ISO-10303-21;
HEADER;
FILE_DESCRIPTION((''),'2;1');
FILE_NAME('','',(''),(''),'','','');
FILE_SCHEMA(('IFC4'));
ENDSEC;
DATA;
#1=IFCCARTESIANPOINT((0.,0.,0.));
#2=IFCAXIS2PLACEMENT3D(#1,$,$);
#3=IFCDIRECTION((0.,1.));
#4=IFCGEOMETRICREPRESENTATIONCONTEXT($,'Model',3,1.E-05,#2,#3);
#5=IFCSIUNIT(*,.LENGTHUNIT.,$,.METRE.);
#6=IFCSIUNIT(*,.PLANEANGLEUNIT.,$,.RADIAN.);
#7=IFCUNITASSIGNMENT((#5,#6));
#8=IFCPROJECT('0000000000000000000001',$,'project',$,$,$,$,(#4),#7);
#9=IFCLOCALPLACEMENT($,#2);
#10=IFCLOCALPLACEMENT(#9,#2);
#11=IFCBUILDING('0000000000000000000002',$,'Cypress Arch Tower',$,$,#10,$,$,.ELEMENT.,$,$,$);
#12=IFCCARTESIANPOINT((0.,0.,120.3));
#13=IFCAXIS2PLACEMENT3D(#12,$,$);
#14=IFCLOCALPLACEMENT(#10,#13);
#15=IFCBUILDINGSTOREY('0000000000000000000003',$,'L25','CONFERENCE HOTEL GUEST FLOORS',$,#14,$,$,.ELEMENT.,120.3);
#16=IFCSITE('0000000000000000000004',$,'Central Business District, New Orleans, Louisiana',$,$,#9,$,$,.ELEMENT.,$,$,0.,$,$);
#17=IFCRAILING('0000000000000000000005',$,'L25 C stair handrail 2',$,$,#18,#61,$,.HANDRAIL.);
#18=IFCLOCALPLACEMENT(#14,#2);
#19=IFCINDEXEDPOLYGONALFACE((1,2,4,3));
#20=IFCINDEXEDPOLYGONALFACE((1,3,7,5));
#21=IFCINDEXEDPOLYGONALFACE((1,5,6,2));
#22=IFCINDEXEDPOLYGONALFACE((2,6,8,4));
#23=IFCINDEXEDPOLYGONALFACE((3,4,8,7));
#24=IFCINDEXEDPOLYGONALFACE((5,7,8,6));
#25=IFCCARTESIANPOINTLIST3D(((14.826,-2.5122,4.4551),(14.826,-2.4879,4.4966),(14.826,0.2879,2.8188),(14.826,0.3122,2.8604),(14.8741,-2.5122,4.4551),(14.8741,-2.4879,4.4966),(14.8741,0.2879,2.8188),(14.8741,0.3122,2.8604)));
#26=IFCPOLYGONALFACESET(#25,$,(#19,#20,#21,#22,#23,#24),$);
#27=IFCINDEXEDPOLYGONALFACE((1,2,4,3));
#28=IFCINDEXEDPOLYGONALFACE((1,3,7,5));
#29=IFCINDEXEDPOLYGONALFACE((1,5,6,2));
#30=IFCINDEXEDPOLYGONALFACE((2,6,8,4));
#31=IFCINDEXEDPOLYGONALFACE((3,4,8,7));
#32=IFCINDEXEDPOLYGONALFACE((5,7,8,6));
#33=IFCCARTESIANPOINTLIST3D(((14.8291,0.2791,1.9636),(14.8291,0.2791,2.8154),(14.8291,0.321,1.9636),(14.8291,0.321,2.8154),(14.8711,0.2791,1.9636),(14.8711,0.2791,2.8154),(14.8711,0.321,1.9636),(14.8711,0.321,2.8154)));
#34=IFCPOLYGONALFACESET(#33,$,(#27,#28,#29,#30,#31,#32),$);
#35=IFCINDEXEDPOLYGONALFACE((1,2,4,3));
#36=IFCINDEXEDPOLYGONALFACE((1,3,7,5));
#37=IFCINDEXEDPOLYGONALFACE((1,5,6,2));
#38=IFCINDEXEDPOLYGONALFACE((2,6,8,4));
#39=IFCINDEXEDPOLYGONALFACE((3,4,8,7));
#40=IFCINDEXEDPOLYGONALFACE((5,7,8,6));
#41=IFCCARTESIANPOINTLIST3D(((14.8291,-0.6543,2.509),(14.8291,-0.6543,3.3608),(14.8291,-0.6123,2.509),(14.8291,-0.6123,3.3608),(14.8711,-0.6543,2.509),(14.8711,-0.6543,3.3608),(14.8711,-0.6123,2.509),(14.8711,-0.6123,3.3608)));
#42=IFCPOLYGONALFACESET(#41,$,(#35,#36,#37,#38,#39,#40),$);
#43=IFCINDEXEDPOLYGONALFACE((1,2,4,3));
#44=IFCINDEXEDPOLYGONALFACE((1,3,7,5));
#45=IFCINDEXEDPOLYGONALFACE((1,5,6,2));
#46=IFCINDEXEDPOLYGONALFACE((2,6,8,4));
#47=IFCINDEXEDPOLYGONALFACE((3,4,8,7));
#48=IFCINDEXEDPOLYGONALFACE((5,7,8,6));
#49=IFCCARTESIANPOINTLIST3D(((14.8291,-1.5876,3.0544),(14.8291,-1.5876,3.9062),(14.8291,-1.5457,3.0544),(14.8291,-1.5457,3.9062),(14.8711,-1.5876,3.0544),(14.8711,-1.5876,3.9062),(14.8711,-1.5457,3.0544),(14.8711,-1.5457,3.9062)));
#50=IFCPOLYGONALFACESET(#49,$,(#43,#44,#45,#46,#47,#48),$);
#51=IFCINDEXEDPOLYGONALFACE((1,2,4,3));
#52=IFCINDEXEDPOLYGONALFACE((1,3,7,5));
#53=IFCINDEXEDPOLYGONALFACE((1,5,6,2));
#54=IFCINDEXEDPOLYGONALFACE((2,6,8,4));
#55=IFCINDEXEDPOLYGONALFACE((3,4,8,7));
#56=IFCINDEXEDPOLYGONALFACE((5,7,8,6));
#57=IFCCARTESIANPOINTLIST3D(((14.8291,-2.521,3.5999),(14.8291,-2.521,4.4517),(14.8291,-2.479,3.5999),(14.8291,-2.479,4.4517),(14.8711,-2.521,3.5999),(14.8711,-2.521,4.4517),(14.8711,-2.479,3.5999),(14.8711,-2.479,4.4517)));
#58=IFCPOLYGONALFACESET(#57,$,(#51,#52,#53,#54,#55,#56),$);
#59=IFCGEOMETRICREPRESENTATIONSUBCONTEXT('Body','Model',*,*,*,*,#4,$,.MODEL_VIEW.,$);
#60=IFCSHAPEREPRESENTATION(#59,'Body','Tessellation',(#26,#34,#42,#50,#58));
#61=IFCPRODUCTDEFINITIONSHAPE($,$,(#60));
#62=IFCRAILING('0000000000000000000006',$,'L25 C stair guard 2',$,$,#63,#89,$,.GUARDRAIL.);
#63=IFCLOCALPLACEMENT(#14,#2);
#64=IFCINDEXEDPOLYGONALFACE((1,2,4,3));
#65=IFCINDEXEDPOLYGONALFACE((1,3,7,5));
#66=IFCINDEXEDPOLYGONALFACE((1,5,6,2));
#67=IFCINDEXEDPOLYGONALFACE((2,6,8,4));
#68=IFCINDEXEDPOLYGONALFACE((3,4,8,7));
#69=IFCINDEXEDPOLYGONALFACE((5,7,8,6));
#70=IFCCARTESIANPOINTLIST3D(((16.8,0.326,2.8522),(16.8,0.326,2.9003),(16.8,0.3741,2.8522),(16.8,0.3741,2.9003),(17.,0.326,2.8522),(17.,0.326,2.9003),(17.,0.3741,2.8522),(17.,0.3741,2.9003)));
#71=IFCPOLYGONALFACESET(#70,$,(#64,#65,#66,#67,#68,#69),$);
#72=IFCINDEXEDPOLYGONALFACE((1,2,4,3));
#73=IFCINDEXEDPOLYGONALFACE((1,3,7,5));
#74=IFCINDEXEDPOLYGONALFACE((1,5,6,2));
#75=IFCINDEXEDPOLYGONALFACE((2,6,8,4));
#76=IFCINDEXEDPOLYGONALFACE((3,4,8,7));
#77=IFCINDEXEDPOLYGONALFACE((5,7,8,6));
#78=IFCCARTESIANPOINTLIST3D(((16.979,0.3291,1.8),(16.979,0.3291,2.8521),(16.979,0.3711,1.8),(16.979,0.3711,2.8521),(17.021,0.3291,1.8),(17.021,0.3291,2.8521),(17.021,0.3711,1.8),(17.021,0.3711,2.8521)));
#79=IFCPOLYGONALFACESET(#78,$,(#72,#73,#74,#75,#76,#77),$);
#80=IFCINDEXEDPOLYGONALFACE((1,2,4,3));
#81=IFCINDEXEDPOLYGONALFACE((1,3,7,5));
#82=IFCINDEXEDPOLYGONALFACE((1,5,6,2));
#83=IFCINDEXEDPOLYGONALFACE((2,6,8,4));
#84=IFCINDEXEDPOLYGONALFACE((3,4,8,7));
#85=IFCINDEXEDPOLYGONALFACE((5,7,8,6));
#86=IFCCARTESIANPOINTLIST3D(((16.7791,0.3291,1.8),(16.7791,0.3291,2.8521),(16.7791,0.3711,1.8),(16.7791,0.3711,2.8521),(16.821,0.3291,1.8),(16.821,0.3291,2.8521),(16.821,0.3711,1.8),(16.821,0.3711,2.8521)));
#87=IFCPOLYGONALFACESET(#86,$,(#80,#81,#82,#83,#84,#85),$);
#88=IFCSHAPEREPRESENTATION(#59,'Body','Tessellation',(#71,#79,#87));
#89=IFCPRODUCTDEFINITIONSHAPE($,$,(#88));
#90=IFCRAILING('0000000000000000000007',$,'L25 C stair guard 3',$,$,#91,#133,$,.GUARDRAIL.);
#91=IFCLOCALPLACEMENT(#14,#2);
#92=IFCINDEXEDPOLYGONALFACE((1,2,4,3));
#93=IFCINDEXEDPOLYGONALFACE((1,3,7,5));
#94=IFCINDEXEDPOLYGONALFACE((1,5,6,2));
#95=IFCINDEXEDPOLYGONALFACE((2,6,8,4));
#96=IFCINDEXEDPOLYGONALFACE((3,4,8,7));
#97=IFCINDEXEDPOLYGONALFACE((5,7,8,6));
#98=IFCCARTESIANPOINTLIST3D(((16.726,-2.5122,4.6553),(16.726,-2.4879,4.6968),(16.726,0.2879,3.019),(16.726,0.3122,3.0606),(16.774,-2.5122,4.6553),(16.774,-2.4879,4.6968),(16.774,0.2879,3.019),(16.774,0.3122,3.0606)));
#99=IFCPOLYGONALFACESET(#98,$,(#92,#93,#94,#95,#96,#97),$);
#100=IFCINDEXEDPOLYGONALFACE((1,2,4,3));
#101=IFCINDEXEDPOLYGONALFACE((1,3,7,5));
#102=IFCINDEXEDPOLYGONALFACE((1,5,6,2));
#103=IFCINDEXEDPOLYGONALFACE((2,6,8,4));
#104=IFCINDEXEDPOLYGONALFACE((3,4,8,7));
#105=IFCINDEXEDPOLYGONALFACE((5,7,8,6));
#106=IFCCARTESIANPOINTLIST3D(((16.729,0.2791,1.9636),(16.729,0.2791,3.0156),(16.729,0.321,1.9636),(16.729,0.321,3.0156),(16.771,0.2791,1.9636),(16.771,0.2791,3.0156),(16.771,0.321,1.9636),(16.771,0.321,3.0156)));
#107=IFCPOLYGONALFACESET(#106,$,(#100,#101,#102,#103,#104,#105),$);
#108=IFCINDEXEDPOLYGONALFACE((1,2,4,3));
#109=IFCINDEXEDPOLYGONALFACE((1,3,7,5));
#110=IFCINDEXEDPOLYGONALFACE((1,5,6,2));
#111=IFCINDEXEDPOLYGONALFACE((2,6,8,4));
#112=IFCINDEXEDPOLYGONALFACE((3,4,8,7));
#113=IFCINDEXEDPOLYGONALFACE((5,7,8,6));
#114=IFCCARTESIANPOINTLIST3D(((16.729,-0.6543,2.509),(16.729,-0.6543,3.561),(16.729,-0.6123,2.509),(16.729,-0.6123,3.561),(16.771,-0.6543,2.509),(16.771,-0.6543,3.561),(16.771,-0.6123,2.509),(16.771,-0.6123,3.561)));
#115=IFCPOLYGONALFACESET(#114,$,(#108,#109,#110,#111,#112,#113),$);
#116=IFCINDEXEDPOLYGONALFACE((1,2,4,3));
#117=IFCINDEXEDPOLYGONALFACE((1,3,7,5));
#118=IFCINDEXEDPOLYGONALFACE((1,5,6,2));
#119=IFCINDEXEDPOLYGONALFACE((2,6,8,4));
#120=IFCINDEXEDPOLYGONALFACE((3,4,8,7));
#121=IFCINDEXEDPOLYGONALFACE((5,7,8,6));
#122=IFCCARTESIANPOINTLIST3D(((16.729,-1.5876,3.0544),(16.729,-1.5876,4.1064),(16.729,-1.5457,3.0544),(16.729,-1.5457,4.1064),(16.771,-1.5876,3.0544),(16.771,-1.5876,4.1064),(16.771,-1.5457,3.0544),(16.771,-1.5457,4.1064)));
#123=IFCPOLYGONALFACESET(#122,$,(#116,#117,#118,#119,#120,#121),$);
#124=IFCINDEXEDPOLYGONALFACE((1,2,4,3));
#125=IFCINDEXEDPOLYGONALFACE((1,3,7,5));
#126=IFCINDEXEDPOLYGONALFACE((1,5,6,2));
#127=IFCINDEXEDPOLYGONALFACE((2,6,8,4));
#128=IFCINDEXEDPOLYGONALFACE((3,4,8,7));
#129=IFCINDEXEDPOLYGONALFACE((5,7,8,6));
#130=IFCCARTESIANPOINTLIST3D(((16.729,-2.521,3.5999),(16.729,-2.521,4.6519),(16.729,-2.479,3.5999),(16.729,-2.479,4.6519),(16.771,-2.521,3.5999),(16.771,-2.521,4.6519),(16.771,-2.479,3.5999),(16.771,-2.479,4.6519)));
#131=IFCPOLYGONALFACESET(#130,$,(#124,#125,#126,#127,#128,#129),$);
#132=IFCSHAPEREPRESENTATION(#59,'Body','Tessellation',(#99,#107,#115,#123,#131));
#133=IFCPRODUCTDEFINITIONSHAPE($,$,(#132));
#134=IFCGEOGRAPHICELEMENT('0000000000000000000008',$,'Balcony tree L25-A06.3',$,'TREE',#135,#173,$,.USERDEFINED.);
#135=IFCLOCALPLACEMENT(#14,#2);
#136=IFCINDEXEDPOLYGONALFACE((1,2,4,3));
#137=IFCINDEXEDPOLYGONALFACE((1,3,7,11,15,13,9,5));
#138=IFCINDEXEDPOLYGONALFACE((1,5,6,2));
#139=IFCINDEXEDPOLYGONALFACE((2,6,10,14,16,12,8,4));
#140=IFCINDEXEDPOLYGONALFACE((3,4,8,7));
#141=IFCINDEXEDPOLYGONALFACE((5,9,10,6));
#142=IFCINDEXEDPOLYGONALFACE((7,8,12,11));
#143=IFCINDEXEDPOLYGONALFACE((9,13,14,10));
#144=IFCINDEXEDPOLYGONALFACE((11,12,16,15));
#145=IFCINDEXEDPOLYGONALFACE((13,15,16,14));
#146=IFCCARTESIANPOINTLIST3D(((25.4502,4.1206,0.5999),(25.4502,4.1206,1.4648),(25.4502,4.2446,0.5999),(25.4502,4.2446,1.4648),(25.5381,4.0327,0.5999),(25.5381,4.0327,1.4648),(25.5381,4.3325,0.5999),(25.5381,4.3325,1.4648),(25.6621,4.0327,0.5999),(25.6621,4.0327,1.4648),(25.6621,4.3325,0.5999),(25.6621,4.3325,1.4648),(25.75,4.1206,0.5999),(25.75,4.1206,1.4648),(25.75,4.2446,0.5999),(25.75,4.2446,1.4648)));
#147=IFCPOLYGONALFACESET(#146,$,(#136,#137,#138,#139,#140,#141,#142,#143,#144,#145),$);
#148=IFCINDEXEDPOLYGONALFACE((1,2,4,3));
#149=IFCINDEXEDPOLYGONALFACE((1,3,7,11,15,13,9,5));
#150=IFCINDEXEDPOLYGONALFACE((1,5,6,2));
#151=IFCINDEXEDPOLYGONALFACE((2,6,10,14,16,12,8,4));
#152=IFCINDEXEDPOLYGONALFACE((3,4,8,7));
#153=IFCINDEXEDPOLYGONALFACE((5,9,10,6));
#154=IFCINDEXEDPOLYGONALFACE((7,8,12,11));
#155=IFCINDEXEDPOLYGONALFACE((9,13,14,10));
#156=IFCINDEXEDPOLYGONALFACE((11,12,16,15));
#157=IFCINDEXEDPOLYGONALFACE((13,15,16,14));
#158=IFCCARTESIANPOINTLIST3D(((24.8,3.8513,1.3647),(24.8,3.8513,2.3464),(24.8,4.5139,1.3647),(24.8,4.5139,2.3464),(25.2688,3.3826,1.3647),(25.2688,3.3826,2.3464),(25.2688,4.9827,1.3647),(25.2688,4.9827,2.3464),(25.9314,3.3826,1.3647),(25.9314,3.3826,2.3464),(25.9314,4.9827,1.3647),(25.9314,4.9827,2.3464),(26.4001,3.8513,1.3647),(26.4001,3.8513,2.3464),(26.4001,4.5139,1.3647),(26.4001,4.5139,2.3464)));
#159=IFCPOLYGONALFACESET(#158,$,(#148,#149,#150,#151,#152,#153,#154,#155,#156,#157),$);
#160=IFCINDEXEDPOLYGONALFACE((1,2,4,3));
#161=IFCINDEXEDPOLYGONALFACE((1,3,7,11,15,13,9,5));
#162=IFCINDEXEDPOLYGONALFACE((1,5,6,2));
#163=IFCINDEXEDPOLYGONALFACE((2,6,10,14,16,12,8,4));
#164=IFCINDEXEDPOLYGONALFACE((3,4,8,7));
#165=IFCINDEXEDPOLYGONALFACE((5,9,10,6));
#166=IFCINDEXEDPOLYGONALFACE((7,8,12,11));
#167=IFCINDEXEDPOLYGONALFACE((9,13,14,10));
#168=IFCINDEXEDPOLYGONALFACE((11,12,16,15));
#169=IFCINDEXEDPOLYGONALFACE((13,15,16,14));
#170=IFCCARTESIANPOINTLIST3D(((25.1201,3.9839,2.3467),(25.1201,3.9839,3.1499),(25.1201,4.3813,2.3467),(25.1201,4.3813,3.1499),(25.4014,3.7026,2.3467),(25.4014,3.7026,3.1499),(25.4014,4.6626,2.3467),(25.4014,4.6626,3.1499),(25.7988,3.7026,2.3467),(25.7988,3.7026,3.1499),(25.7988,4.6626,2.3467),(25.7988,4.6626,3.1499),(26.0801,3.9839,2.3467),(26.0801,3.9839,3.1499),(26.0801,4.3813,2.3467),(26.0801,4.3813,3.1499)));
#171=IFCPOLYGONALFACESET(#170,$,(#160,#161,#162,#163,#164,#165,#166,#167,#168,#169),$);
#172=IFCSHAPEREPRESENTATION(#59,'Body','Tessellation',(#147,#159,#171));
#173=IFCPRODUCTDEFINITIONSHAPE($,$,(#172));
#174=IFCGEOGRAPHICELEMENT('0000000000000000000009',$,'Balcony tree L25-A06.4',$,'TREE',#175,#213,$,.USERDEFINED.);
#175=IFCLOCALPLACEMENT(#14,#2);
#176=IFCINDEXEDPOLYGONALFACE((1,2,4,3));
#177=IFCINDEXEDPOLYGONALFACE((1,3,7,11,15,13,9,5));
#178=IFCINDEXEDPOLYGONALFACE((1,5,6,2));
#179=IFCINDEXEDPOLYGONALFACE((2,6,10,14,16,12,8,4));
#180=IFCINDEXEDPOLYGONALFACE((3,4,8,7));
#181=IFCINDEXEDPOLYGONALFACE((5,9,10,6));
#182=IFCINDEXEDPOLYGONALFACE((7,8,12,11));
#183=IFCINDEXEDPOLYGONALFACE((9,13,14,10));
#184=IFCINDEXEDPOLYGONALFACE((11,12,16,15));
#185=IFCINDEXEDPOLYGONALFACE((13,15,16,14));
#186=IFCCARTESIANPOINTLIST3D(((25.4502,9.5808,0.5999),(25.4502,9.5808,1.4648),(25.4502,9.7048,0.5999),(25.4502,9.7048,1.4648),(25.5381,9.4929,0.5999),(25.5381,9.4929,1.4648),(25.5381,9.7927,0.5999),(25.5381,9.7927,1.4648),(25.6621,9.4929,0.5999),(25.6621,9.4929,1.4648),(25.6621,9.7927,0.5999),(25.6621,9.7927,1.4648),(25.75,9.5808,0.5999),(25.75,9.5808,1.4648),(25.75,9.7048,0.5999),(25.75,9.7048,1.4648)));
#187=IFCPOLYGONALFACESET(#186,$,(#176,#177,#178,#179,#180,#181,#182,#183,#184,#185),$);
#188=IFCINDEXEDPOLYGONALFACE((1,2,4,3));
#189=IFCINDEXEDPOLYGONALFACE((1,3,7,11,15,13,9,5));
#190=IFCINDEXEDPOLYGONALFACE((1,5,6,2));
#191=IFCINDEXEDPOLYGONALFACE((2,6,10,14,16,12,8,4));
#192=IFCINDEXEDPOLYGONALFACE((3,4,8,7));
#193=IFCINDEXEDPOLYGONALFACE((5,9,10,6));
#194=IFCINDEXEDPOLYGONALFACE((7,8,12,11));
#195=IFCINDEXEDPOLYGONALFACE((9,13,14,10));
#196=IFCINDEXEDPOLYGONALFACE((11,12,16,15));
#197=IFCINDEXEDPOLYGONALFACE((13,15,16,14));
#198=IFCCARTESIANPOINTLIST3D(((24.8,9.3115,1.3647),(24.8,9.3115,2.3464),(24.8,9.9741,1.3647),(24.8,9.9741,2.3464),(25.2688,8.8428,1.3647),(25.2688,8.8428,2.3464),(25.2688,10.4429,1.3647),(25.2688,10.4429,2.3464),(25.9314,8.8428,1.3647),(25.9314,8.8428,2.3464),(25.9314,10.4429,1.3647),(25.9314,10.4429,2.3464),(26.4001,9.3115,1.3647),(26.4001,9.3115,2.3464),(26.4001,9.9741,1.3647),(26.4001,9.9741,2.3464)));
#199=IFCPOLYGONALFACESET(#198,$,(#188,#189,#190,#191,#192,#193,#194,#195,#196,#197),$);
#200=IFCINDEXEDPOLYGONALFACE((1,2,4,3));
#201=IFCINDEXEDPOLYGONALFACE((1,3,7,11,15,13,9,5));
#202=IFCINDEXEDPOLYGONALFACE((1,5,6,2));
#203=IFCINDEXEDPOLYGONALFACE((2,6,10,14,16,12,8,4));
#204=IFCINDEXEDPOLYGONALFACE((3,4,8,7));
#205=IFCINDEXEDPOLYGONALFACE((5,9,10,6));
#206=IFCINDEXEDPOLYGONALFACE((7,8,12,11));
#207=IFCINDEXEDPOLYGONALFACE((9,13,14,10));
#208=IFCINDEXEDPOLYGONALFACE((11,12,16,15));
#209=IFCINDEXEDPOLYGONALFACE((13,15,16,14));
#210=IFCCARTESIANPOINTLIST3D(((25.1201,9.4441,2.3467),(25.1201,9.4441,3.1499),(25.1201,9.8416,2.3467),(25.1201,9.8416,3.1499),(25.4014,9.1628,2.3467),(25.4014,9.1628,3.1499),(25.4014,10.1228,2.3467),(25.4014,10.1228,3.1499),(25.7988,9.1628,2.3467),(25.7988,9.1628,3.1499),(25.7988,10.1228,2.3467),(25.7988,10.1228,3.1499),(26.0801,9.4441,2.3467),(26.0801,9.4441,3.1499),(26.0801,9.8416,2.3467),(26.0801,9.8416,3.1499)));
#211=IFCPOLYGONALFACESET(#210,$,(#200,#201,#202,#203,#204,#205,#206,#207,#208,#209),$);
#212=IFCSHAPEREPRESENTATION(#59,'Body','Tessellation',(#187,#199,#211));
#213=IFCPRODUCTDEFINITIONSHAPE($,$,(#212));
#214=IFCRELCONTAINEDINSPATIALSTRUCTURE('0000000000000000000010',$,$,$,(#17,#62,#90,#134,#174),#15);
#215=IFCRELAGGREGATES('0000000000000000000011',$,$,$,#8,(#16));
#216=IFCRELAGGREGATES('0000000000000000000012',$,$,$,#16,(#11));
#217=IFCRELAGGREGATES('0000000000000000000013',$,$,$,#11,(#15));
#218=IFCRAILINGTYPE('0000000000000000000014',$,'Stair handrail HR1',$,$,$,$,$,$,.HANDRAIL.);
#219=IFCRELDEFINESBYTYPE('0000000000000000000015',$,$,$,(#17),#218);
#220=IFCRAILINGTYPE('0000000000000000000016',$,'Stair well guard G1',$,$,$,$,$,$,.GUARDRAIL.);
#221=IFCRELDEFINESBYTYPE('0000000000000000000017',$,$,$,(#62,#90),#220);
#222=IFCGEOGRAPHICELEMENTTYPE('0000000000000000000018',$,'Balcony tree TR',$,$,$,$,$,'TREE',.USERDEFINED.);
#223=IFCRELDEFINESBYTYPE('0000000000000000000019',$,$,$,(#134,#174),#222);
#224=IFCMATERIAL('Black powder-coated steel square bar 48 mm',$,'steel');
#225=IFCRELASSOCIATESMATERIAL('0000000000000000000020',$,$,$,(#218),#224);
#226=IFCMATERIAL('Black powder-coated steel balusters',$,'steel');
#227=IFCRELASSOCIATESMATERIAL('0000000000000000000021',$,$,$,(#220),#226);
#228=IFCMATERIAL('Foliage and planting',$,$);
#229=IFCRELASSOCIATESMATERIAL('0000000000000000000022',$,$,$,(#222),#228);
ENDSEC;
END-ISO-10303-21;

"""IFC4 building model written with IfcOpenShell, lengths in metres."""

from ifc_helpers import new_model, si_unit, direction, frame, origin, origin_2d, place, context, subcontext, project, spatial, polyline, rectangle, outline, extrude, material, type_object, element, save


model = new_model("IFC4")

# Units and contexts
model_context = context("Model", 3, precision=1e-05, world=origin(), true_north=direction((0.0, 1.0)))
body_context = subcontext(model_context, "Body", "Model", "MODEL_VIEW")
ifc_project = project(units=[si_unit("LENGTHUNIT", "METRE"), si_unit("PLANEANGLEUNIT", "RADIAN")], contexts=[model_context])

# Site, building, storey
site_placement = place(None, origin())
site = spatial("IfcSite", under=ifc_project, at=site_placement, Name="Central Business District, New Orleans, Louisiana", CompositionType="ELEMENT", RefElevation=0.0)
building_placement = place(site_placement, origin())
building = spatial("IfcBuilding", under=site, at=building_placement, Name="Cypress Arch Tower", CompositionType="ELEMENT")
storey_placement = place(building_placement, frame((0.0, 0.0, 120.3)))
storey = spatial("IfcBuildingStorey", under=building, at=storey_placement, Name="L25", Description="CONFERENCE HOTEL GUEST FLOORS", CompositionType="ELEMENT", Elevation=120.3)

# Railings
ifc_material_1 = material(Name="Black powder-coated steel square bar 48 mm", Category="steel")
railing_type_1 = type_object("IfcRailingType", Name="Stair handrail HR1", PredefinedType="HANDRAIL", material=ifc_material_1)
railing_1_placement = place(storey_placement, frame((14.8501, 0.3, 1.9636)))
element("IfcRailing", 1, at=railing_1_placement, inside=storey, type_object=railing_type_1, Name="L25 C stair handrail 2", PredefinedType="HANDRAIL", context=body_context, shape_type="SweptSolid", body=[
    extrude(rectangle(XDim=0.0481, YDim=0.0481, at=origin_2d()), frame((0.0, 0.0, 0.876), z_axis=(0.0, -0.863394, 0.504531), x_axis=(1.0, 0.0, 0.0)), (0.0, 0.0, 1.0), 3.2432),
    extrude(rectangle(XDim=0.042, YDim=0.042, at=origin_2d()), origin(), (0.0, 0.0, 1.0), 0.8518),
    extrude(rectangle(XDim=0.042, YDim=0.042, at=origin_2d()), frame((0.0, -0.9333, 0.5454)), (0.0, 0.0, 1.0), 0.8518),
    extrude(rectangle(XDim=0.042, YDim=0.042, at=origin_2d()), frame((0.0, -1.8667, 1.0908)), (0.0, 0.0, 1.0), 0.8518),
    extrude(rectangle(XDim=0.042, YDim=0.042, at=origin_2d()), frame((0.0, -2.8, 1.6362)), (0.0, 0.0, 1.0), 0.8518),
])
ifc_material_2 = material(Name="Black powder-coated steel balusters", Category="steel")
railing_type_2 = type_object("IfcRailingType", Name="Stair well guard G1", PredefinedType="GUARDRAIL", material=ifc_material_2)
railing_2_placement = place(storey_placement, frame((17.0, 0.3501, 1.8)))
element("IfcRailing", 2, at=railing_2_placement, inside=storey, type_object=railing_type_2, Name="L25 C stair guard 2", PredefinedType="GUARDRAIL", context=body_context, shape_type="SweptSolid", body=[
    extrude(rectangle(XDim=0.0481, YDim=0.0481, at=origin_2d()), frame((0.0, 0.0, 1.0762), z_axis=(-1.0, 0.0, 0.0), x_axis=(0.0, -1.0, 0.0)), (0.0, 0.0, 1.0), 0.2),
    extrude(rectangle(XDim=0.042, YDim=0.042, at=origin_2d()), origin(), (0.0, 0.0, 1.0), 1.052),
    extrude(rectangle(XDim=0.042, YDim=0.042, at=origin_2d()), frame((-0.2, 0.0, 0.0)), (0.0, 0.0, 1.0), 1.052),
])
railing_3_placement = place(storey_placement, frame((16.75, 0.3, 1.9636)))
element("IfcRailing", 3, at=railing_3_placement, inside=storey, type_object=railing_type_2, Name="L25 C stair guard 3", PredefinedType="GUARDRAIL", context=body_context, shape_type="SweptSolid", body=[
    extrude(rectangle(XDim=0.0481, YDim=0.0481, at=origin_2d()), frame((0.0, 0.0, 1.0762), z_axis=(0.0, -0.863394, 0.504531), x_axis=(1.0, 0.0, 0.0)), (0.0, 0.0, 1.0), 3.2432),
    extrude(rectangle(XDim=0.042, YDim=0.042, at=origin_2d()), origin(), (0.0, 0.0, 1.0), 1.052),
    extrude(rectangle(XDim=0.042, YDim=0.042, at=origin_2d()), frame((0.0, -0.9333, 0.5454)), (0.0, 0.0, 1.0), 1.052),
    extrude(rectangle(XDim=0.042, YDim=0.042, at=origin_2d()), frame((0.0, -1.8667, 1.0908)), (0.0, 0.0, 1.0), 1.052),
    extrude(rectangle(XDim=0.042, YDim=0.042, at=origin_2d()), frame((0.0, -2.8, 1.6362)), (0.0, 0.0, 1.0), 1.052),
])

# Geographic elements
ifc_material_3 = material(Name="Foliage and planting")
geographic_element_type = type_object("IfcGeographicElementType", Name="Balcony tree TR", ElementType="TREE", PredefinedType="USERDEFINED", material=ifc_material_3)
for number, where, z_axis, x_axis, name in (
    (4, (25.6001, 4.1826, 0.5999), (0.0, 0.0, 1.0), (1.0, 0.0, 0.0), "Balcony tree L25-A06.3"),
    (5, (25.6001, 9.6428, 0.5999), (0.0, 0.0, 1.0), (1.0, 0.0, 0.0), "Balcony tree L25-A06.4"),
):
    element("IfcGeographicElement", number, at=place(storey_placement, frame(where, z_axis=z_axis, x_axis=x_axis)), inside=storey, type_object=geographic_element_type, Name=name, ObjectType="TREE", PredefinedType="USERDEFINED", context=body_context, shape_type="SweptSolid", body=[
        extrude(outline(polyline([(0.1499, 0.062), (0.062, 0.1499), (-0.062, 0.1499), (-0.1499, 0.062), (-0.1499, -0.062), (-0.062, -0.1499), (0.062, -0.1499), (0.1499, -0.062), (0.1499, 0.062)])), origin(), (0.0, 0.0, 1.0), 0.865),
        extrude(outline(polyline([(0.8, 0.3313), (0.3313, 0.8), (-0.3313, 0.8), (-0.8, 0.3313), (-0.8, -0.3313), (-0.3313, -0.8), (0.3313, -0.8), (0.8, -0.3313), (0.8, 0.3313)])), frame((0.0, 0.0, 0.7649)), (0.0, 0.0, 1.0), 0.9817),
        extrude(outline(polyline([(0.48, 0.1987), (0.1987, 0.48), (-0.1987, 0.48), (-0.48, 0.1987), (-0.48, -0.1987), (-0.1987, -0.48), (0.1987, -0.48), (0.48, -0.1987), (0.48, 0.1987)])), frame((0.0, 0.0, 1.7468)), (0.0, 0.0, 1.0), 0.8032),
    ])

save(model, "model.ifc")
